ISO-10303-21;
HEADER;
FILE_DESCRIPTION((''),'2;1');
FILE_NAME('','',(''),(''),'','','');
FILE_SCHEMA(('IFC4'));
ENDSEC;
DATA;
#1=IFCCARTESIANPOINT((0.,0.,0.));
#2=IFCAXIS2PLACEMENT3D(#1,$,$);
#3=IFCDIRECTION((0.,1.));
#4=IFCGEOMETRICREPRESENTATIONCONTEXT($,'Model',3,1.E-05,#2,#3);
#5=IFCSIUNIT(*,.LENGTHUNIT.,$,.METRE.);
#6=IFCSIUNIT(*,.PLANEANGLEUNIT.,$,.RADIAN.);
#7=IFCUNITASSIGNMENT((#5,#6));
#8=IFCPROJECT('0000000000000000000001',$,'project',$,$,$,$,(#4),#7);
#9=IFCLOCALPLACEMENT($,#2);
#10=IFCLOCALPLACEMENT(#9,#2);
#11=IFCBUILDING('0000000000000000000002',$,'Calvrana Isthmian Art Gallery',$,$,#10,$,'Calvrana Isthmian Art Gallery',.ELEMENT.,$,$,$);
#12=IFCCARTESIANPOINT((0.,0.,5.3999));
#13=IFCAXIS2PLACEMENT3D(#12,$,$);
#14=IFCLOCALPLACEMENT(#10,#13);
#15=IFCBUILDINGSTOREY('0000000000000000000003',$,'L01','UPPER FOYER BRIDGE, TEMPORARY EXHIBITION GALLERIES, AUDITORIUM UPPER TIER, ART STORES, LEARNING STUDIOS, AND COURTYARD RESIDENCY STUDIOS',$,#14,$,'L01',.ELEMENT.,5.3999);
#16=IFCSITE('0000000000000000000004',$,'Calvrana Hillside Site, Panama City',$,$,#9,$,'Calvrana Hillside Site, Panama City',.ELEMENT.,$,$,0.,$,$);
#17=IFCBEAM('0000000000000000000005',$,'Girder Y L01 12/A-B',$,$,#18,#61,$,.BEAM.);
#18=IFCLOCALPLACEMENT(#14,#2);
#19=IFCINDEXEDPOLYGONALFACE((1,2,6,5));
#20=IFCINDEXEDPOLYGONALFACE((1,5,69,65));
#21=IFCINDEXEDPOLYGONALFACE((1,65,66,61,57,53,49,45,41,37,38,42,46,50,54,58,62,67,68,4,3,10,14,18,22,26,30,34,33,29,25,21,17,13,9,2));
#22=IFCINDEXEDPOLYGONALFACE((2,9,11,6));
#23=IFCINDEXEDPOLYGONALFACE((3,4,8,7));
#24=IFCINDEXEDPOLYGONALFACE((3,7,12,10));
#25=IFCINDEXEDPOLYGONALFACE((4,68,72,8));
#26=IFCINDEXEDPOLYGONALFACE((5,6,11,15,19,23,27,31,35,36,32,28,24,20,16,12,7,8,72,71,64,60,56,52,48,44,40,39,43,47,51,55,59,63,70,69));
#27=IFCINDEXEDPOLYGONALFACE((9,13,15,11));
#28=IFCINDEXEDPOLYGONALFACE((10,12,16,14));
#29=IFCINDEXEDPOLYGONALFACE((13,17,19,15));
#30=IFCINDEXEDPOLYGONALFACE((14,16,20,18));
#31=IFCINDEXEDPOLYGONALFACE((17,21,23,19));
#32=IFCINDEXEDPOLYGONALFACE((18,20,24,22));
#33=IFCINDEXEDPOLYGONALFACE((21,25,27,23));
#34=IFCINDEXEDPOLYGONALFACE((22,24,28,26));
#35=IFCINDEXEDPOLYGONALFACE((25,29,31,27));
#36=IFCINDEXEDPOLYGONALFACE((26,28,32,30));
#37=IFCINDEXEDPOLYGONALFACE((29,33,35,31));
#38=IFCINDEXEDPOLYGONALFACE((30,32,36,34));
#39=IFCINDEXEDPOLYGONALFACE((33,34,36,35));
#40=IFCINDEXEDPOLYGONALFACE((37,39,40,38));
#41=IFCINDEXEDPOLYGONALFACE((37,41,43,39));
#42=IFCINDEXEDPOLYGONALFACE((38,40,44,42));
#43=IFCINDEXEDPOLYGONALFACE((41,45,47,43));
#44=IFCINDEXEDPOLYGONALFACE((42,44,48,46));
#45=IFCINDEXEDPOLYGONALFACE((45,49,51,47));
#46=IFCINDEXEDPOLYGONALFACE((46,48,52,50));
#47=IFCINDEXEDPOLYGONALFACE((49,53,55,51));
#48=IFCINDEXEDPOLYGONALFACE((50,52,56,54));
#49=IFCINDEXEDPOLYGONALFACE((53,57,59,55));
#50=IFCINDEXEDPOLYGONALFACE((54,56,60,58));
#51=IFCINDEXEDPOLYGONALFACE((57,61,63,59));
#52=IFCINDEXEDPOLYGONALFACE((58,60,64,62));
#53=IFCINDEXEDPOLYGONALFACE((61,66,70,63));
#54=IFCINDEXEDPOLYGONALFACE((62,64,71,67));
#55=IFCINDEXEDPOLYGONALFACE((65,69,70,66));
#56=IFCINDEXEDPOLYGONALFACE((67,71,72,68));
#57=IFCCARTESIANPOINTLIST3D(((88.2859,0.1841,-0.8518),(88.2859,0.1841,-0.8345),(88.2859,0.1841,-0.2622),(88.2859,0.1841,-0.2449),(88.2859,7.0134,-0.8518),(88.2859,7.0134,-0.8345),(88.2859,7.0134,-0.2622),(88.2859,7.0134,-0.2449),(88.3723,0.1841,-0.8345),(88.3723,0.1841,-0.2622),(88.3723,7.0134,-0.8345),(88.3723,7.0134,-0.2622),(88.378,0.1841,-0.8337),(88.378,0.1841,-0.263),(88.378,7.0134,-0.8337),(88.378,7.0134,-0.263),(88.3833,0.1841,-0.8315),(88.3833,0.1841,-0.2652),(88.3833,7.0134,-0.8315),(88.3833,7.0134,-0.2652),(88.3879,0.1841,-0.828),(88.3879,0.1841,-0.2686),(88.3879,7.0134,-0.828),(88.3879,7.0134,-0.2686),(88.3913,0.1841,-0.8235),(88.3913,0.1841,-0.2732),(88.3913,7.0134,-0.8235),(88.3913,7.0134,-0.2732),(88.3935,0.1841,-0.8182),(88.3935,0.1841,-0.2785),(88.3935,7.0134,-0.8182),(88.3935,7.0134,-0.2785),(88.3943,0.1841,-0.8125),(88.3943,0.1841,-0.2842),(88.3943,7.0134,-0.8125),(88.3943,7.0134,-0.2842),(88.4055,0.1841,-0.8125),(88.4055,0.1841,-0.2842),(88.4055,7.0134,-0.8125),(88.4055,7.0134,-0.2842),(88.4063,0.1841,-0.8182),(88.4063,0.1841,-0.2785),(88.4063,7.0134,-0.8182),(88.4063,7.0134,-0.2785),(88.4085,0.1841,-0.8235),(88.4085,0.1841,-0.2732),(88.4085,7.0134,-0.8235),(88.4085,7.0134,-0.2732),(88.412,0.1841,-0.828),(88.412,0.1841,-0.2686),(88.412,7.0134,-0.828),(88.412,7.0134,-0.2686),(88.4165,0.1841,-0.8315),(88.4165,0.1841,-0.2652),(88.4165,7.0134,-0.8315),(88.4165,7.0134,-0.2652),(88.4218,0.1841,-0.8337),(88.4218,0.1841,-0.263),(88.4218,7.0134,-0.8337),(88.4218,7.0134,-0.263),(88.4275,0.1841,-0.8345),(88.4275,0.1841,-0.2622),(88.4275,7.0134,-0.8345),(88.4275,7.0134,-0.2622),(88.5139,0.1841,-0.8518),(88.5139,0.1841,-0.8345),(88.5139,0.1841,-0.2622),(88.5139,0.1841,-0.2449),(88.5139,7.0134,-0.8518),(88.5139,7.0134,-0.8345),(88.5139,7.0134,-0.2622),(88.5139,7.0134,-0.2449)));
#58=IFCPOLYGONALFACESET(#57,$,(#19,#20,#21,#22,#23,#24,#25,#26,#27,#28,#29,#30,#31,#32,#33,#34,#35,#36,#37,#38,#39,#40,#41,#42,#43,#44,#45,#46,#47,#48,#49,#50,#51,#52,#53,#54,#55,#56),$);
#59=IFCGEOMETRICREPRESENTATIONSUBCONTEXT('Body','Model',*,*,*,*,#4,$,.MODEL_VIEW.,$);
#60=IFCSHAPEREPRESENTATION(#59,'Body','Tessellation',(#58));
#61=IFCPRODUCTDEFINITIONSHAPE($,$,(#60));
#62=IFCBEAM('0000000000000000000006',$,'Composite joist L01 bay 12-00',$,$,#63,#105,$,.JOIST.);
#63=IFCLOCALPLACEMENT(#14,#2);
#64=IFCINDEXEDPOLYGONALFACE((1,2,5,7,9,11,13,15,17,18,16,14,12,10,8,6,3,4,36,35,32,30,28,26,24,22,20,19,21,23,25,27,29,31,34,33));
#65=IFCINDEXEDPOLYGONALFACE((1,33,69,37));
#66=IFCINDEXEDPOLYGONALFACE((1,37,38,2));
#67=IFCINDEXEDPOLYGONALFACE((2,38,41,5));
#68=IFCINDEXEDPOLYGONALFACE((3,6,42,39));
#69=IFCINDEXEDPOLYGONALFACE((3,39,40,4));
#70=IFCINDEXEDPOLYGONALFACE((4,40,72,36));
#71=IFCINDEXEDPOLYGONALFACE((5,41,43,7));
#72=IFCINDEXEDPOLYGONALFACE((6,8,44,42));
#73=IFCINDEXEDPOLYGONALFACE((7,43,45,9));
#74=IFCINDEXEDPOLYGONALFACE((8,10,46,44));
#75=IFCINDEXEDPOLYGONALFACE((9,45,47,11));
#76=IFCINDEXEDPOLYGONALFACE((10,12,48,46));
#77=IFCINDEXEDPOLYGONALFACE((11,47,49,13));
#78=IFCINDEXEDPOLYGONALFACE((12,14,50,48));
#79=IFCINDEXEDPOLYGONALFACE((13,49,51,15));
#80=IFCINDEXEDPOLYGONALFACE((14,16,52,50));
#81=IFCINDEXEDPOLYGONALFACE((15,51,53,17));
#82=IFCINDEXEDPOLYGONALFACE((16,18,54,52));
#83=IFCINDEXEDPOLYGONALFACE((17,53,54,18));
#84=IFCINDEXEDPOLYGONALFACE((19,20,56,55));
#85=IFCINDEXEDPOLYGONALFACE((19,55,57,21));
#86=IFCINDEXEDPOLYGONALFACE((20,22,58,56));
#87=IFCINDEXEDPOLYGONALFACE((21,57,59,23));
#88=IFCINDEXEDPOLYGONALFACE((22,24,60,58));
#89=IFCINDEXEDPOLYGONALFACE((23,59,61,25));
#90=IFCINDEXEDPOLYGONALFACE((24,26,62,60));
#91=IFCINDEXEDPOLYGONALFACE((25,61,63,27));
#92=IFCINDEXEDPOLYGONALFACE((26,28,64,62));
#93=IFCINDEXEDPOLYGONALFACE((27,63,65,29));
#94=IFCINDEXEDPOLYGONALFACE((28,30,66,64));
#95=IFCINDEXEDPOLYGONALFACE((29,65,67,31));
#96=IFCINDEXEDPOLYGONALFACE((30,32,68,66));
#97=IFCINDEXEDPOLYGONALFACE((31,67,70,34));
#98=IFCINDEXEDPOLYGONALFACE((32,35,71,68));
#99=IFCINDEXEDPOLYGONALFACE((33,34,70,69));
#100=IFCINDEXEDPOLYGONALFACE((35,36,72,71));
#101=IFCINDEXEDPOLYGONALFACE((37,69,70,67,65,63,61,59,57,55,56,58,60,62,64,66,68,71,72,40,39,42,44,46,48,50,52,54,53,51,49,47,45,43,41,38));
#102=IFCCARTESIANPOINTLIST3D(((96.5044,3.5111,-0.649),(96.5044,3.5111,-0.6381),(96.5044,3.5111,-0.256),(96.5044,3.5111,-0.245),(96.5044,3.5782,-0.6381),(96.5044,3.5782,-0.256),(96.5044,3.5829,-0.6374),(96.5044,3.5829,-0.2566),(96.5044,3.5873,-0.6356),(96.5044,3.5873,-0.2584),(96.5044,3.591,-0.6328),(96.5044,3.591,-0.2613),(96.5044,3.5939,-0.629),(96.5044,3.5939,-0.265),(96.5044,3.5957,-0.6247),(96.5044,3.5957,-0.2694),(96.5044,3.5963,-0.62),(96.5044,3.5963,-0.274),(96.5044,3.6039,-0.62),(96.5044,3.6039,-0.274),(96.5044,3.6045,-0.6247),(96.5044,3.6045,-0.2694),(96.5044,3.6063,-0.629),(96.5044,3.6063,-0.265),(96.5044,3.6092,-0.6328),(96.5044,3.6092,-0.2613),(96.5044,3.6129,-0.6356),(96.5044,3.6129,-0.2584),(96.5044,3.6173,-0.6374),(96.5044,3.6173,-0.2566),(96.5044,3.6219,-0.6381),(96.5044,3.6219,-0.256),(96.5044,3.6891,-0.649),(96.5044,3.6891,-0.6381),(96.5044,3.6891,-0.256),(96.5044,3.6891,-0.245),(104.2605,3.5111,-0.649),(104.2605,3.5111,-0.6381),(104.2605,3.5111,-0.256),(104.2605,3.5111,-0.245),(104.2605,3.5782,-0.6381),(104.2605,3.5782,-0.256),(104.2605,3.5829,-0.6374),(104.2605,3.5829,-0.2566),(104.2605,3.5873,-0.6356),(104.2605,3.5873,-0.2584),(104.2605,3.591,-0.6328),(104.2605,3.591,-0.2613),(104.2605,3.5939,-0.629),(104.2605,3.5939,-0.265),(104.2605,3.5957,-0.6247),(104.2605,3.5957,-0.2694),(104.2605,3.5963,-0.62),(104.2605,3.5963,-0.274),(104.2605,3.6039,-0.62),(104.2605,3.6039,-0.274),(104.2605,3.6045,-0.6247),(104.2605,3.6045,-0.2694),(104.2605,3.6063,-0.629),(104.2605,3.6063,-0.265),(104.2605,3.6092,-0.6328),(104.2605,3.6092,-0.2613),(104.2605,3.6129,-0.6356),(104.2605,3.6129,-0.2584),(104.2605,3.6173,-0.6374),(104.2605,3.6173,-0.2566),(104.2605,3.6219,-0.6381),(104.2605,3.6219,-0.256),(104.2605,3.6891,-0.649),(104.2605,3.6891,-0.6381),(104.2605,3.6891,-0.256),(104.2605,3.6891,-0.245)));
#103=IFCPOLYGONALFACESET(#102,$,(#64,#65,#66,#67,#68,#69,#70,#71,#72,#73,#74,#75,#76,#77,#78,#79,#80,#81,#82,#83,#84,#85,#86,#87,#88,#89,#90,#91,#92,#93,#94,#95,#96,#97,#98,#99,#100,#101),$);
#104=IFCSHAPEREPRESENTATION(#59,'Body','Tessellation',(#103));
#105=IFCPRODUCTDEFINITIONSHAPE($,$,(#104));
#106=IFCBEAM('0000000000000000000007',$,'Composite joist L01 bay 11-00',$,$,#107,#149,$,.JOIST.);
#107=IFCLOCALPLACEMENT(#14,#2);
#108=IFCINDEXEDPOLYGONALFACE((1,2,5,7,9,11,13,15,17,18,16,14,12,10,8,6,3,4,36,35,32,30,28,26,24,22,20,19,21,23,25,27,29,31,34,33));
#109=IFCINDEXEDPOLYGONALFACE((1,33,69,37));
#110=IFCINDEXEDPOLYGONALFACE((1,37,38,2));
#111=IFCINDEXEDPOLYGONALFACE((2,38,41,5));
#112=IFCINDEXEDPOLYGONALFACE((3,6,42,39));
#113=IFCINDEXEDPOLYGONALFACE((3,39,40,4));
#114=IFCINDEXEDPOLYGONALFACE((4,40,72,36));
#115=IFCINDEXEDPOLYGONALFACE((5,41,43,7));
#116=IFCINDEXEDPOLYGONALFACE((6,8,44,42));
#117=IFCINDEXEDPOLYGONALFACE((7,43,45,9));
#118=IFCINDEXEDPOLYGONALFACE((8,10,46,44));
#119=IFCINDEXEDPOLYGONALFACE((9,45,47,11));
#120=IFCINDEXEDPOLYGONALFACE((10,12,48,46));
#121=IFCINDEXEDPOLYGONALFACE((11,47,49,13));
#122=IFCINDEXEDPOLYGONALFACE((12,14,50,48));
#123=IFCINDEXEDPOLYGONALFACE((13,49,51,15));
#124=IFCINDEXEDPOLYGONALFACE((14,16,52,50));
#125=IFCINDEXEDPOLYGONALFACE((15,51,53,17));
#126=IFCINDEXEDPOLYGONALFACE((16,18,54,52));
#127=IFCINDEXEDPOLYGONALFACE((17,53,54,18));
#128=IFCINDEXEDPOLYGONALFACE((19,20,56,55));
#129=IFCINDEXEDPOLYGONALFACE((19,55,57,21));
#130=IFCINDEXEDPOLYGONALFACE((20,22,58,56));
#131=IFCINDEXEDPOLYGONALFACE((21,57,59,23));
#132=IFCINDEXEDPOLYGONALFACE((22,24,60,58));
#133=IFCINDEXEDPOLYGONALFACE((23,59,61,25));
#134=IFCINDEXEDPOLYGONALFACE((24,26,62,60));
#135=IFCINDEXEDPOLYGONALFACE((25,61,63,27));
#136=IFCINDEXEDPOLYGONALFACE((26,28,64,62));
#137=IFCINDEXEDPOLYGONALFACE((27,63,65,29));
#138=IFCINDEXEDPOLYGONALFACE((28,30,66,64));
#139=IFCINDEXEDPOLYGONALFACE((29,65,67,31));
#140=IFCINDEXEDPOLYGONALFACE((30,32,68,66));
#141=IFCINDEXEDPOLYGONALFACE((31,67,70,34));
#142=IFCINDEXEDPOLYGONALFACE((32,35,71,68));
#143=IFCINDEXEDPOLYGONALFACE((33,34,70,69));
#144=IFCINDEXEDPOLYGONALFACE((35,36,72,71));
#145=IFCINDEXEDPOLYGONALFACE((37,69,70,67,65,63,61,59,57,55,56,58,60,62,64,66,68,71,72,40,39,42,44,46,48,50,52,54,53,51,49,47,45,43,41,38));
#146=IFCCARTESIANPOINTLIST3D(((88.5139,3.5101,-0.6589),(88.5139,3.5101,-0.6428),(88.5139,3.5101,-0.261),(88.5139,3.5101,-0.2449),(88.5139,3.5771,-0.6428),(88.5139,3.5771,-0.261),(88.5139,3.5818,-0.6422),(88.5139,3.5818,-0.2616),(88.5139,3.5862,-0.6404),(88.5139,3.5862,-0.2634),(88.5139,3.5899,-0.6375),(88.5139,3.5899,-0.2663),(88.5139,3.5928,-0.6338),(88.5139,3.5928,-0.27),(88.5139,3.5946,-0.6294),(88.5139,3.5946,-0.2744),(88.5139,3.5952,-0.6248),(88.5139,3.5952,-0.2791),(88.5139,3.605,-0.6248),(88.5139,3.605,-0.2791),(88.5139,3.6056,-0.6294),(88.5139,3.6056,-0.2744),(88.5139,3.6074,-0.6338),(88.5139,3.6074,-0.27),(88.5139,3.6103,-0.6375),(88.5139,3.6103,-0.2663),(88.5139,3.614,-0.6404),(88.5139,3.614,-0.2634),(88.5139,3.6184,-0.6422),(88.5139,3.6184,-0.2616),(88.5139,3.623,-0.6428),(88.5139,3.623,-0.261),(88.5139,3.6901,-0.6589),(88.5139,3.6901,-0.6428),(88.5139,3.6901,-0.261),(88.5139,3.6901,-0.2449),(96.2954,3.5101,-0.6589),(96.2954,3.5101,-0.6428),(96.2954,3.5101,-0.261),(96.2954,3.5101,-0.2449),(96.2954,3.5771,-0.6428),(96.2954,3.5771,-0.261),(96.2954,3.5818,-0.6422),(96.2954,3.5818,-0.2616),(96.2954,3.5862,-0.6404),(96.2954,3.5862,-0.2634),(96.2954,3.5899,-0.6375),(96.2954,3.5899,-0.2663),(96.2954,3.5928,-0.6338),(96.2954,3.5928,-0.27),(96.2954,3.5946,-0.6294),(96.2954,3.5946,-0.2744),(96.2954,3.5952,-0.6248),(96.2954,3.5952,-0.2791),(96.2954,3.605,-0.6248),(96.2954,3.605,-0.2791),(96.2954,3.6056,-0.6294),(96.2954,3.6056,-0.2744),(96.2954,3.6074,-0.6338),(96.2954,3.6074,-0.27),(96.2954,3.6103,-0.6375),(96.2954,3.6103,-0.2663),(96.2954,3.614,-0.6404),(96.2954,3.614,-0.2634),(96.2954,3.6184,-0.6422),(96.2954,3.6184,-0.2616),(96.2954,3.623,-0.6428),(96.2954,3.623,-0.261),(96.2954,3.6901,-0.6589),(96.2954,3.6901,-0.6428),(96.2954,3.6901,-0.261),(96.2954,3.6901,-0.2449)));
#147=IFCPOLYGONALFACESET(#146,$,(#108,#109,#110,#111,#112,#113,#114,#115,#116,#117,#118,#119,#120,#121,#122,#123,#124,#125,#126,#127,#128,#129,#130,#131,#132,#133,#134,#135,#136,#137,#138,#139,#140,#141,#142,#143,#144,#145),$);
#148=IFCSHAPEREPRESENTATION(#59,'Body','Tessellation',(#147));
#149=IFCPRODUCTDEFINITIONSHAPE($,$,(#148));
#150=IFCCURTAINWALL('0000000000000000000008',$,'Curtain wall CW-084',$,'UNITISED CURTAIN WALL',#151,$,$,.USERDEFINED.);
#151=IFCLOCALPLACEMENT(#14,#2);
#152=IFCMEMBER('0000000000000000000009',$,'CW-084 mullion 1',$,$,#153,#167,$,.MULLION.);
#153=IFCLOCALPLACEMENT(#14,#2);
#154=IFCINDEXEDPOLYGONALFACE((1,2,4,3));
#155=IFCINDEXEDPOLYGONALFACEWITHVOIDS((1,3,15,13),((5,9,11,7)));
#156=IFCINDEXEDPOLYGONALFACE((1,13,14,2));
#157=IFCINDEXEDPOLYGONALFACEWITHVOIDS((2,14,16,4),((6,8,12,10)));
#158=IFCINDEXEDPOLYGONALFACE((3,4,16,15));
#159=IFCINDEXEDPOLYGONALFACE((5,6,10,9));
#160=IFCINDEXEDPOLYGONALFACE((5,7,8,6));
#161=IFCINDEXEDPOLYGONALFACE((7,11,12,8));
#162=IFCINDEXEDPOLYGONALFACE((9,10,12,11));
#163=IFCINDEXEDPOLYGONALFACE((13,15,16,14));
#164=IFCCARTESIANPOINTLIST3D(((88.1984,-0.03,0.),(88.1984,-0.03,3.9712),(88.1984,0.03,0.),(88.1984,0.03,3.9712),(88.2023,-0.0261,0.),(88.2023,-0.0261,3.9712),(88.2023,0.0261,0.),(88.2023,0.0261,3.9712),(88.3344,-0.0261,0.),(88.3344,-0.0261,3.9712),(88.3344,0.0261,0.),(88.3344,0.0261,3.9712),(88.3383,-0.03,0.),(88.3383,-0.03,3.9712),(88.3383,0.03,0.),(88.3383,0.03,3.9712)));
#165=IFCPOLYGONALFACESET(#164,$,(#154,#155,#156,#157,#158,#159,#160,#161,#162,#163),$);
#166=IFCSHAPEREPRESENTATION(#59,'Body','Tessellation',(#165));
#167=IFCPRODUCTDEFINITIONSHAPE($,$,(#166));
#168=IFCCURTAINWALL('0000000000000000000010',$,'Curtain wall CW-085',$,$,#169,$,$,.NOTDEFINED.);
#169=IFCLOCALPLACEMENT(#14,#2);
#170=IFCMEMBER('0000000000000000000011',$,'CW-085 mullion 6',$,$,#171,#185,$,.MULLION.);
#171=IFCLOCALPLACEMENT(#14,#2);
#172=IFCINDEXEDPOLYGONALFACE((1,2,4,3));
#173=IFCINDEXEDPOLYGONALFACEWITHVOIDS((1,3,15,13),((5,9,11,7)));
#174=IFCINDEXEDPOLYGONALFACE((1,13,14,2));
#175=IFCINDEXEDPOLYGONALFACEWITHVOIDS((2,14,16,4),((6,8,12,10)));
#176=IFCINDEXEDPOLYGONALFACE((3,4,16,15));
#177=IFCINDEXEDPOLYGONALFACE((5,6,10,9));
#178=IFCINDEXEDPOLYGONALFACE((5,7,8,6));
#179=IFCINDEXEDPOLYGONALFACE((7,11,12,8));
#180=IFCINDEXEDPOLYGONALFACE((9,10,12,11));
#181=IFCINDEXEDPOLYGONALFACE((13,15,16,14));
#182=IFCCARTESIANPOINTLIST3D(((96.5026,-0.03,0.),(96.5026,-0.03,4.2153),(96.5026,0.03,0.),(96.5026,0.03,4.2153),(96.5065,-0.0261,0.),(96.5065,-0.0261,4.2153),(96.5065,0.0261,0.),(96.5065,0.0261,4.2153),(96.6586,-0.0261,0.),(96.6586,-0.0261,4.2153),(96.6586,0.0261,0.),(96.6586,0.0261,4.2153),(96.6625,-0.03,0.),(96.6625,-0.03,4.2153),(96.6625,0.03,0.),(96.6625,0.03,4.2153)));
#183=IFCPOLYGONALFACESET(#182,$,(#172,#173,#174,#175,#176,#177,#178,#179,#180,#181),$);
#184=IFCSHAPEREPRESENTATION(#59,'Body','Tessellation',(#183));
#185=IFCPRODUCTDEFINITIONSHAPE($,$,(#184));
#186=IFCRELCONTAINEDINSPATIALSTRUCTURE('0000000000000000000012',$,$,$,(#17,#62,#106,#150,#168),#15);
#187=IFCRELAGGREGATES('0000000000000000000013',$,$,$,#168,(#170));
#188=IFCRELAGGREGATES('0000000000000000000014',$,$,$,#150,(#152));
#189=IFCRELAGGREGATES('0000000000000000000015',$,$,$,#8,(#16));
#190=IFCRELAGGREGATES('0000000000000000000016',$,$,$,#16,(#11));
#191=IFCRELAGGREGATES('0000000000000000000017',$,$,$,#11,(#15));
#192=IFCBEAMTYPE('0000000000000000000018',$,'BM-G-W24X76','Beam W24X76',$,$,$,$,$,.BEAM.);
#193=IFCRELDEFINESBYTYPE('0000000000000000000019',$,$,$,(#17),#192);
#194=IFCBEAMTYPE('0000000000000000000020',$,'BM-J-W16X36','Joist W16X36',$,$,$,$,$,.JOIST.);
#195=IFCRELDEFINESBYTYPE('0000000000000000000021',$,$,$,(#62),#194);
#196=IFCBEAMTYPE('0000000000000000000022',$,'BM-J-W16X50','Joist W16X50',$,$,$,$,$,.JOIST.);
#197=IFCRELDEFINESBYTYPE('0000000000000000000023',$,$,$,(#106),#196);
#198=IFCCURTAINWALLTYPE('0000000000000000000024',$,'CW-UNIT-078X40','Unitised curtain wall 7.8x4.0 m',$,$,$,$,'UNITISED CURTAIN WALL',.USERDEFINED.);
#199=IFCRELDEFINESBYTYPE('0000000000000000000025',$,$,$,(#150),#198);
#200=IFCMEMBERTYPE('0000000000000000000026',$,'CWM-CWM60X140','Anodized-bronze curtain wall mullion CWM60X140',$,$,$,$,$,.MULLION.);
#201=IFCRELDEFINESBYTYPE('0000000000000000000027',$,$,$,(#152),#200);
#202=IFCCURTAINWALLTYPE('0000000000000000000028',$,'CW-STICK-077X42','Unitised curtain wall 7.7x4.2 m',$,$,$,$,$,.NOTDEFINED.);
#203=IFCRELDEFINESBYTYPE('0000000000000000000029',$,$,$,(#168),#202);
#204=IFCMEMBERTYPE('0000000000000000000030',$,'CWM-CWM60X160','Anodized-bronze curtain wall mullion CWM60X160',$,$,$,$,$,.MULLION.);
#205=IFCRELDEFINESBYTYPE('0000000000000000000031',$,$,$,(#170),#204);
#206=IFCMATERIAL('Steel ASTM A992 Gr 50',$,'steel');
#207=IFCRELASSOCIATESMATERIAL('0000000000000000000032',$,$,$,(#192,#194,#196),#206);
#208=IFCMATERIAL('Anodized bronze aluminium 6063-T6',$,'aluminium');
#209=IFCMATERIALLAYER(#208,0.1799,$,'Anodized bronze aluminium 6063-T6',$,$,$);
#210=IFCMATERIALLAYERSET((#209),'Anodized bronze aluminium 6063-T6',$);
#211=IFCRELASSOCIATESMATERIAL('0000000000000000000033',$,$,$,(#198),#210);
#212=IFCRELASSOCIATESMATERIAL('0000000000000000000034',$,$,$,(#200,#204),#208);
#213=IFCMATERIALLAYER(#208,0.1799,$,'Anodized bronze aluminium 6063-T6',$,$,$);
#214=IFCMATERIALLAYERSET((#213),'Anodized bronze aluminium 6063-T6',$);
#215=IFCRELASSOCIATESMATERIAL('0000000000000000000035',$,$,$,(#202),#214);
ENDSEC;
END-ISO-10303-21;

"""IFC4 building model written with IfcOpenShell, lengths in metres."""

from ifc_helpers import new_model, si_unit, direction, frame, origin, origin_2d, place, context, subcontext, project, spatial, hollow_rectangle, i_section, extrude, material, layer, layer_set, material_profile, profile_set, type_object, element, aggregate, save


model = new_model("IFC4")

# Units and contexts
model_context = context("Model", 3, precision=1e-05, world=origin(), true_north=direction((0.0, 1.0)))
body_context = subcontext(model_context, "Body", "Model", "MODEL_VIEW")
ifc_project = project(units=[si_unit("LENGTHUNIT", "METRE"), si_unit("PLANEANGLEUNIT", "RADIAN")], contexts=[model_context])

# Site, building, storey
site_placement = place(None, origin())
site = spatial("IfcSite", under=ifc_project, at=site_placement, Name="Calvrana Hillside Site, Panama City", LongName="Calvrana Hillside Site, Panama City", CompositionType="ELEMENT", RefElevation=0.0)
building_placement = place(site_placement, origin())
building = spatial("IfcBuilding", under=site, at=building_placement, Name="Calvrana Isthmian Art Gallery", LongName="Calvrana Isthmian Art Gallery", CompositionType="ELEMENT")
storey_placement = place(building_placement, frame((0.0, 0.0, 5.3999)))
storey = spatial("IfcBuildingStorey", under=building, at=storey_placement, Name="L01", Description="UPPER FOYER BRIDGE, TEMPORARY EXHIBITION GALLERIES, AUDITORIUM UPPER TIER, ART STORES, LEARNING STUDIOS, AND COURTYARD RESIDENCY STUDIOS", LongName="L01", CompositionType="ELEMENT", Elevation=5.3999)

# Beams
ifc_material_1 = material(Name="Steel ASTM A992 Gr 50", Category="steel")
ifc_material_profile_1 = material_profile(ifc_material_1, i_section(OverallWidth=0.228, OverallDepth=0.6069, WebThickness=0.0112, FlangeThickness=0.0173, FilletRadius=0.022, at=origin_2d()), Name="W24X76")
ifc_profile_set_1 = profile_set([ifc_material_profile_1], Name="Steel ASTM A992 Gr 50")
beam_type_1 = type_object("IfcBeamType", Name="BM-G-W24X76", Description="Beam W24X76", PredefinedType="BEAM", material=ifc_profile_set_1)
beam_1_placement = place(storey_placement, frame((88.3999, 0.1841, -0.5483), z_axis=(0.0, 1.0, 0.0), x_axis=(-1.0, 0.0, 0.0)))
element("IfcBeam", 1, at=beam_1_placement, inside=storey, type_object=beam_type_1, Name="Girder Y L01 12/A-B", PredefinedType="BEAM", context=body_context, shape_type="SweptSolid", body=[
    extrude(i_section(OverallWidth=0.228, OverallDepth=0.6069, WebThickness=0.0112, FlangeThickness=0.0173, FilletRadius=0.022, at=origin_2d()), origin(), (0.0, 0.0, 1.0), 6.8293),
])
ifc_material_profile_2 = material_profile(ifc_material_1, i_section(OverallWidth=0.178, OverallDepth=0.4041, WebThickness=0.0076, FlangeThickness=0.011, FilletRadius=0.0181, at=origin_2d()), Name="W16X36")
ifc_profile_set_2 = profile_set([ifc_material_profile_2], Name="Steel ASTM A992 Gr 50")
beam_type_2 = type_object("IfcBeamType", Name="BM-J-W16X36", Description="Joist W16X36", PredefinedType="JOIST", material=ifc_profile_set_2)
beam_2_placement = place(storey_placement, frame((96.5044, 3.6001, -0.447), z_axis=(1.0, 0.0, 0.0), x_axis=(0.0, 1.0, 0.0)))
element("IfcBeam", 2, at=beam_2_placement, inside=storey, type_object=beam_type_2, Name="Composite joist L01 bay 12-00", PredefinedType="JOIST", context=body_context, shape_type="SweptSolid", body=[
    extrude(i_section(OverallWidth=0.178, OverallDepth=0.4041, WebThickness=0.0076, FlangeThickness=0.011, FilletRadius=0.0181, at=origin_2d()), origin(), (0.0, 0.0, 1.0), 7.7561),
])
ifc_material_profile_3 = material_profile(ifc_material_1, i_section(OverallWidth=0.1799, OverallDepth=0.4141, WebThickness=0.0098, FlangeThickness=0.0161, FilletRadius=0.0181, at=origin_2d()), Name="W16X50")
ifc_profile_set_3 = profile_set([ifc_material_profile_3], Name="Steel ASTM A992 Gr 50")
beam_type_3 = type_object("IfcBeamType", Name="BM-J-W16X50", Description="Joist W16X50", PredefinedType="JOIST", material=ifc_profile_set_3)
beam_3_placement = place(storey_placement, frame((88.5139, 3.6001, -0.4519), z_axis=(1.0, 0.0, 0.0), x_axis=(0.0, 1.0, 0.0)))
element("IfcBeam", 3, at=beam_3_placement, inside=storey, type_object=beam_type_3, Name="Composite joist L01 bay 11-00", PredefinedType="JOIST", context=body_context, shape_type="SweptSolid", body=[
    extrude(i_section(OverallWidth=0.1799, OverallDepth=0.4141, WebThickness=0.0098, FlangeThickness=0.0161, FilletRadius=0.0181, at=origin_2d()), origin(), (0.0, 0.0, 1.0), 7.7815),
])

# Curtain walls, members
ifc_material_2 = material(Name="Anodized bronze aluminium 6063-T6", Category="aluminium")
ifc_layer_1 = layer(ifc_material_2, 0.1799, Name="Anodized bronze aluminium 6063-T6")
ifc_layer_set_1 = layer_set([ifc_layer_1], Name="Anodized bronze aluminium 6063-T6")
curtain_wall_type_1 = type_object("IfcCurtainWallType", Name="CW-UNIT-078X40", Description="Unitised curtain wall 7.8x4.0 m", ElementType="UNITISED CURTAIN WALL", PredefinedType="USERDEFINED", material=ifc_layer_set_1)
curtain_wall_1_placement = place(storey_placement, origin())
curtain_wall_1 = element("IfcCurtainWall", 4, at=curtain_wall_1_placement, inside=storey, type_object=curtain_wall_type_1, Name="Curtain wall CW-084", ObjectType="UNITISED CURTAIN WALL", PredefinedType="USERDEFINED")
ifc_material_profile_4 = material_profile(ifc_material_2, hollow_rectangle(XDim=0.0601, YDim=0.1399, WallThickness=0.0039, at=origin_2d()), Name="CWM60X140")
ifc_profile_set_4 = profile_set([ifc_material_profile_4], Name="Anodized bronze aluminium 6063-T6")
member_type_1 = type_object("IfcMemberType", Name="CWM-CWM60X140", Description="Anodized-bronze curtain wall mullion CWM60X140", PredefinedType="MULLION", material=ifc_profile_set_4)
member_1_placement = place(storey_placement, frame((88.2683, 0.0, 0.0), z_axis=(0.0, 0.0, 1.0), x_axis=(0.0, -1.0, 0.0)))
member_1 = element("IfcMember", 5, at=member_1_placement, type_object=member_type_1, Name="CW-084 mullion 1", PredefinedType="MULLION", context=body_context, shape_type="SweptSolid", body=[
    extrude(hollow_rectangle(XDim=0.0601, YDim=0.1399, WallThickness=0.0039, at=origin_2d()), origin(), (0.0, 0.0, 1.0), 3.9712),
])
ifc_layer_2 = layer(ifc_material_2, 0.1799, Name="Anodized bronze aluminium 6063-T6")
ifc_layer_set_2 = layer_set([ifc_layer_2], Name="Anodized bronze aluminium 6063-T6")
curtain_wall_type_2 = type_object("IfcCurtainWallType", Name="CW-STICK-077X42", Description="Unitised curtain wall 7.7x4.2 m", PredefinedType="NOTDEFINED", material=ifc_layer_set_2)
curtain_wall_2_placement = place(storey_placement, origin())
curtain_wall_2 = element("IfcCurtainWall", 6, at=curtain_wall_2_placement, inside=storey, type_object=curtain_wall_type_2, Name="Curtain wall CW-085", PredefinedType="NOTDEFINED")
ifc_material_profile_5 = material_profile(ifc_material_2, hollow_rectangle(XDim=0.0601, YDim=0.1599, WallThickness=0.0039, at=origin_2d()), Name="CWM60X160")
ifc_profile_set_5 = profile_set([ifc_material_profile_5], Name="Anodized bronze aluminium 6063-T6")
member_type_2 = type_object("IfcMemberType", Name="CWM-CWM60X160", Description="Anodized-bronze curtain wall mullion CWM60X160", PredefinedType="MULLION", material=ifc_profile_set_5)
member_2_placement = place(storey_placement, frame((96.5825, 0.0, 0.0), z_axis=(0.0, 0.0, 1.0), x_axis=(0.0, -1.0, 0.0)))
member_2 = element("IfcMember", 7, at=member_2_placement, type_object=member_type_2, Name="CW-085 mullion 6", PredefinedType="MULLION", context=body_context, shape_type="SweptSolid", body=[
    extrude(hollow_rectangle(XDim=0.0601, YDim=0.1599, WallThickness=0.0039, at=origin_2d()), origin(), (0.0, 0.0, 1.0), 4.2153),
])
aggregate(curtain_wall_2, [member_2])

aggregate(curtain_wall_1, [member_1])

save(model, "model.ifc")
